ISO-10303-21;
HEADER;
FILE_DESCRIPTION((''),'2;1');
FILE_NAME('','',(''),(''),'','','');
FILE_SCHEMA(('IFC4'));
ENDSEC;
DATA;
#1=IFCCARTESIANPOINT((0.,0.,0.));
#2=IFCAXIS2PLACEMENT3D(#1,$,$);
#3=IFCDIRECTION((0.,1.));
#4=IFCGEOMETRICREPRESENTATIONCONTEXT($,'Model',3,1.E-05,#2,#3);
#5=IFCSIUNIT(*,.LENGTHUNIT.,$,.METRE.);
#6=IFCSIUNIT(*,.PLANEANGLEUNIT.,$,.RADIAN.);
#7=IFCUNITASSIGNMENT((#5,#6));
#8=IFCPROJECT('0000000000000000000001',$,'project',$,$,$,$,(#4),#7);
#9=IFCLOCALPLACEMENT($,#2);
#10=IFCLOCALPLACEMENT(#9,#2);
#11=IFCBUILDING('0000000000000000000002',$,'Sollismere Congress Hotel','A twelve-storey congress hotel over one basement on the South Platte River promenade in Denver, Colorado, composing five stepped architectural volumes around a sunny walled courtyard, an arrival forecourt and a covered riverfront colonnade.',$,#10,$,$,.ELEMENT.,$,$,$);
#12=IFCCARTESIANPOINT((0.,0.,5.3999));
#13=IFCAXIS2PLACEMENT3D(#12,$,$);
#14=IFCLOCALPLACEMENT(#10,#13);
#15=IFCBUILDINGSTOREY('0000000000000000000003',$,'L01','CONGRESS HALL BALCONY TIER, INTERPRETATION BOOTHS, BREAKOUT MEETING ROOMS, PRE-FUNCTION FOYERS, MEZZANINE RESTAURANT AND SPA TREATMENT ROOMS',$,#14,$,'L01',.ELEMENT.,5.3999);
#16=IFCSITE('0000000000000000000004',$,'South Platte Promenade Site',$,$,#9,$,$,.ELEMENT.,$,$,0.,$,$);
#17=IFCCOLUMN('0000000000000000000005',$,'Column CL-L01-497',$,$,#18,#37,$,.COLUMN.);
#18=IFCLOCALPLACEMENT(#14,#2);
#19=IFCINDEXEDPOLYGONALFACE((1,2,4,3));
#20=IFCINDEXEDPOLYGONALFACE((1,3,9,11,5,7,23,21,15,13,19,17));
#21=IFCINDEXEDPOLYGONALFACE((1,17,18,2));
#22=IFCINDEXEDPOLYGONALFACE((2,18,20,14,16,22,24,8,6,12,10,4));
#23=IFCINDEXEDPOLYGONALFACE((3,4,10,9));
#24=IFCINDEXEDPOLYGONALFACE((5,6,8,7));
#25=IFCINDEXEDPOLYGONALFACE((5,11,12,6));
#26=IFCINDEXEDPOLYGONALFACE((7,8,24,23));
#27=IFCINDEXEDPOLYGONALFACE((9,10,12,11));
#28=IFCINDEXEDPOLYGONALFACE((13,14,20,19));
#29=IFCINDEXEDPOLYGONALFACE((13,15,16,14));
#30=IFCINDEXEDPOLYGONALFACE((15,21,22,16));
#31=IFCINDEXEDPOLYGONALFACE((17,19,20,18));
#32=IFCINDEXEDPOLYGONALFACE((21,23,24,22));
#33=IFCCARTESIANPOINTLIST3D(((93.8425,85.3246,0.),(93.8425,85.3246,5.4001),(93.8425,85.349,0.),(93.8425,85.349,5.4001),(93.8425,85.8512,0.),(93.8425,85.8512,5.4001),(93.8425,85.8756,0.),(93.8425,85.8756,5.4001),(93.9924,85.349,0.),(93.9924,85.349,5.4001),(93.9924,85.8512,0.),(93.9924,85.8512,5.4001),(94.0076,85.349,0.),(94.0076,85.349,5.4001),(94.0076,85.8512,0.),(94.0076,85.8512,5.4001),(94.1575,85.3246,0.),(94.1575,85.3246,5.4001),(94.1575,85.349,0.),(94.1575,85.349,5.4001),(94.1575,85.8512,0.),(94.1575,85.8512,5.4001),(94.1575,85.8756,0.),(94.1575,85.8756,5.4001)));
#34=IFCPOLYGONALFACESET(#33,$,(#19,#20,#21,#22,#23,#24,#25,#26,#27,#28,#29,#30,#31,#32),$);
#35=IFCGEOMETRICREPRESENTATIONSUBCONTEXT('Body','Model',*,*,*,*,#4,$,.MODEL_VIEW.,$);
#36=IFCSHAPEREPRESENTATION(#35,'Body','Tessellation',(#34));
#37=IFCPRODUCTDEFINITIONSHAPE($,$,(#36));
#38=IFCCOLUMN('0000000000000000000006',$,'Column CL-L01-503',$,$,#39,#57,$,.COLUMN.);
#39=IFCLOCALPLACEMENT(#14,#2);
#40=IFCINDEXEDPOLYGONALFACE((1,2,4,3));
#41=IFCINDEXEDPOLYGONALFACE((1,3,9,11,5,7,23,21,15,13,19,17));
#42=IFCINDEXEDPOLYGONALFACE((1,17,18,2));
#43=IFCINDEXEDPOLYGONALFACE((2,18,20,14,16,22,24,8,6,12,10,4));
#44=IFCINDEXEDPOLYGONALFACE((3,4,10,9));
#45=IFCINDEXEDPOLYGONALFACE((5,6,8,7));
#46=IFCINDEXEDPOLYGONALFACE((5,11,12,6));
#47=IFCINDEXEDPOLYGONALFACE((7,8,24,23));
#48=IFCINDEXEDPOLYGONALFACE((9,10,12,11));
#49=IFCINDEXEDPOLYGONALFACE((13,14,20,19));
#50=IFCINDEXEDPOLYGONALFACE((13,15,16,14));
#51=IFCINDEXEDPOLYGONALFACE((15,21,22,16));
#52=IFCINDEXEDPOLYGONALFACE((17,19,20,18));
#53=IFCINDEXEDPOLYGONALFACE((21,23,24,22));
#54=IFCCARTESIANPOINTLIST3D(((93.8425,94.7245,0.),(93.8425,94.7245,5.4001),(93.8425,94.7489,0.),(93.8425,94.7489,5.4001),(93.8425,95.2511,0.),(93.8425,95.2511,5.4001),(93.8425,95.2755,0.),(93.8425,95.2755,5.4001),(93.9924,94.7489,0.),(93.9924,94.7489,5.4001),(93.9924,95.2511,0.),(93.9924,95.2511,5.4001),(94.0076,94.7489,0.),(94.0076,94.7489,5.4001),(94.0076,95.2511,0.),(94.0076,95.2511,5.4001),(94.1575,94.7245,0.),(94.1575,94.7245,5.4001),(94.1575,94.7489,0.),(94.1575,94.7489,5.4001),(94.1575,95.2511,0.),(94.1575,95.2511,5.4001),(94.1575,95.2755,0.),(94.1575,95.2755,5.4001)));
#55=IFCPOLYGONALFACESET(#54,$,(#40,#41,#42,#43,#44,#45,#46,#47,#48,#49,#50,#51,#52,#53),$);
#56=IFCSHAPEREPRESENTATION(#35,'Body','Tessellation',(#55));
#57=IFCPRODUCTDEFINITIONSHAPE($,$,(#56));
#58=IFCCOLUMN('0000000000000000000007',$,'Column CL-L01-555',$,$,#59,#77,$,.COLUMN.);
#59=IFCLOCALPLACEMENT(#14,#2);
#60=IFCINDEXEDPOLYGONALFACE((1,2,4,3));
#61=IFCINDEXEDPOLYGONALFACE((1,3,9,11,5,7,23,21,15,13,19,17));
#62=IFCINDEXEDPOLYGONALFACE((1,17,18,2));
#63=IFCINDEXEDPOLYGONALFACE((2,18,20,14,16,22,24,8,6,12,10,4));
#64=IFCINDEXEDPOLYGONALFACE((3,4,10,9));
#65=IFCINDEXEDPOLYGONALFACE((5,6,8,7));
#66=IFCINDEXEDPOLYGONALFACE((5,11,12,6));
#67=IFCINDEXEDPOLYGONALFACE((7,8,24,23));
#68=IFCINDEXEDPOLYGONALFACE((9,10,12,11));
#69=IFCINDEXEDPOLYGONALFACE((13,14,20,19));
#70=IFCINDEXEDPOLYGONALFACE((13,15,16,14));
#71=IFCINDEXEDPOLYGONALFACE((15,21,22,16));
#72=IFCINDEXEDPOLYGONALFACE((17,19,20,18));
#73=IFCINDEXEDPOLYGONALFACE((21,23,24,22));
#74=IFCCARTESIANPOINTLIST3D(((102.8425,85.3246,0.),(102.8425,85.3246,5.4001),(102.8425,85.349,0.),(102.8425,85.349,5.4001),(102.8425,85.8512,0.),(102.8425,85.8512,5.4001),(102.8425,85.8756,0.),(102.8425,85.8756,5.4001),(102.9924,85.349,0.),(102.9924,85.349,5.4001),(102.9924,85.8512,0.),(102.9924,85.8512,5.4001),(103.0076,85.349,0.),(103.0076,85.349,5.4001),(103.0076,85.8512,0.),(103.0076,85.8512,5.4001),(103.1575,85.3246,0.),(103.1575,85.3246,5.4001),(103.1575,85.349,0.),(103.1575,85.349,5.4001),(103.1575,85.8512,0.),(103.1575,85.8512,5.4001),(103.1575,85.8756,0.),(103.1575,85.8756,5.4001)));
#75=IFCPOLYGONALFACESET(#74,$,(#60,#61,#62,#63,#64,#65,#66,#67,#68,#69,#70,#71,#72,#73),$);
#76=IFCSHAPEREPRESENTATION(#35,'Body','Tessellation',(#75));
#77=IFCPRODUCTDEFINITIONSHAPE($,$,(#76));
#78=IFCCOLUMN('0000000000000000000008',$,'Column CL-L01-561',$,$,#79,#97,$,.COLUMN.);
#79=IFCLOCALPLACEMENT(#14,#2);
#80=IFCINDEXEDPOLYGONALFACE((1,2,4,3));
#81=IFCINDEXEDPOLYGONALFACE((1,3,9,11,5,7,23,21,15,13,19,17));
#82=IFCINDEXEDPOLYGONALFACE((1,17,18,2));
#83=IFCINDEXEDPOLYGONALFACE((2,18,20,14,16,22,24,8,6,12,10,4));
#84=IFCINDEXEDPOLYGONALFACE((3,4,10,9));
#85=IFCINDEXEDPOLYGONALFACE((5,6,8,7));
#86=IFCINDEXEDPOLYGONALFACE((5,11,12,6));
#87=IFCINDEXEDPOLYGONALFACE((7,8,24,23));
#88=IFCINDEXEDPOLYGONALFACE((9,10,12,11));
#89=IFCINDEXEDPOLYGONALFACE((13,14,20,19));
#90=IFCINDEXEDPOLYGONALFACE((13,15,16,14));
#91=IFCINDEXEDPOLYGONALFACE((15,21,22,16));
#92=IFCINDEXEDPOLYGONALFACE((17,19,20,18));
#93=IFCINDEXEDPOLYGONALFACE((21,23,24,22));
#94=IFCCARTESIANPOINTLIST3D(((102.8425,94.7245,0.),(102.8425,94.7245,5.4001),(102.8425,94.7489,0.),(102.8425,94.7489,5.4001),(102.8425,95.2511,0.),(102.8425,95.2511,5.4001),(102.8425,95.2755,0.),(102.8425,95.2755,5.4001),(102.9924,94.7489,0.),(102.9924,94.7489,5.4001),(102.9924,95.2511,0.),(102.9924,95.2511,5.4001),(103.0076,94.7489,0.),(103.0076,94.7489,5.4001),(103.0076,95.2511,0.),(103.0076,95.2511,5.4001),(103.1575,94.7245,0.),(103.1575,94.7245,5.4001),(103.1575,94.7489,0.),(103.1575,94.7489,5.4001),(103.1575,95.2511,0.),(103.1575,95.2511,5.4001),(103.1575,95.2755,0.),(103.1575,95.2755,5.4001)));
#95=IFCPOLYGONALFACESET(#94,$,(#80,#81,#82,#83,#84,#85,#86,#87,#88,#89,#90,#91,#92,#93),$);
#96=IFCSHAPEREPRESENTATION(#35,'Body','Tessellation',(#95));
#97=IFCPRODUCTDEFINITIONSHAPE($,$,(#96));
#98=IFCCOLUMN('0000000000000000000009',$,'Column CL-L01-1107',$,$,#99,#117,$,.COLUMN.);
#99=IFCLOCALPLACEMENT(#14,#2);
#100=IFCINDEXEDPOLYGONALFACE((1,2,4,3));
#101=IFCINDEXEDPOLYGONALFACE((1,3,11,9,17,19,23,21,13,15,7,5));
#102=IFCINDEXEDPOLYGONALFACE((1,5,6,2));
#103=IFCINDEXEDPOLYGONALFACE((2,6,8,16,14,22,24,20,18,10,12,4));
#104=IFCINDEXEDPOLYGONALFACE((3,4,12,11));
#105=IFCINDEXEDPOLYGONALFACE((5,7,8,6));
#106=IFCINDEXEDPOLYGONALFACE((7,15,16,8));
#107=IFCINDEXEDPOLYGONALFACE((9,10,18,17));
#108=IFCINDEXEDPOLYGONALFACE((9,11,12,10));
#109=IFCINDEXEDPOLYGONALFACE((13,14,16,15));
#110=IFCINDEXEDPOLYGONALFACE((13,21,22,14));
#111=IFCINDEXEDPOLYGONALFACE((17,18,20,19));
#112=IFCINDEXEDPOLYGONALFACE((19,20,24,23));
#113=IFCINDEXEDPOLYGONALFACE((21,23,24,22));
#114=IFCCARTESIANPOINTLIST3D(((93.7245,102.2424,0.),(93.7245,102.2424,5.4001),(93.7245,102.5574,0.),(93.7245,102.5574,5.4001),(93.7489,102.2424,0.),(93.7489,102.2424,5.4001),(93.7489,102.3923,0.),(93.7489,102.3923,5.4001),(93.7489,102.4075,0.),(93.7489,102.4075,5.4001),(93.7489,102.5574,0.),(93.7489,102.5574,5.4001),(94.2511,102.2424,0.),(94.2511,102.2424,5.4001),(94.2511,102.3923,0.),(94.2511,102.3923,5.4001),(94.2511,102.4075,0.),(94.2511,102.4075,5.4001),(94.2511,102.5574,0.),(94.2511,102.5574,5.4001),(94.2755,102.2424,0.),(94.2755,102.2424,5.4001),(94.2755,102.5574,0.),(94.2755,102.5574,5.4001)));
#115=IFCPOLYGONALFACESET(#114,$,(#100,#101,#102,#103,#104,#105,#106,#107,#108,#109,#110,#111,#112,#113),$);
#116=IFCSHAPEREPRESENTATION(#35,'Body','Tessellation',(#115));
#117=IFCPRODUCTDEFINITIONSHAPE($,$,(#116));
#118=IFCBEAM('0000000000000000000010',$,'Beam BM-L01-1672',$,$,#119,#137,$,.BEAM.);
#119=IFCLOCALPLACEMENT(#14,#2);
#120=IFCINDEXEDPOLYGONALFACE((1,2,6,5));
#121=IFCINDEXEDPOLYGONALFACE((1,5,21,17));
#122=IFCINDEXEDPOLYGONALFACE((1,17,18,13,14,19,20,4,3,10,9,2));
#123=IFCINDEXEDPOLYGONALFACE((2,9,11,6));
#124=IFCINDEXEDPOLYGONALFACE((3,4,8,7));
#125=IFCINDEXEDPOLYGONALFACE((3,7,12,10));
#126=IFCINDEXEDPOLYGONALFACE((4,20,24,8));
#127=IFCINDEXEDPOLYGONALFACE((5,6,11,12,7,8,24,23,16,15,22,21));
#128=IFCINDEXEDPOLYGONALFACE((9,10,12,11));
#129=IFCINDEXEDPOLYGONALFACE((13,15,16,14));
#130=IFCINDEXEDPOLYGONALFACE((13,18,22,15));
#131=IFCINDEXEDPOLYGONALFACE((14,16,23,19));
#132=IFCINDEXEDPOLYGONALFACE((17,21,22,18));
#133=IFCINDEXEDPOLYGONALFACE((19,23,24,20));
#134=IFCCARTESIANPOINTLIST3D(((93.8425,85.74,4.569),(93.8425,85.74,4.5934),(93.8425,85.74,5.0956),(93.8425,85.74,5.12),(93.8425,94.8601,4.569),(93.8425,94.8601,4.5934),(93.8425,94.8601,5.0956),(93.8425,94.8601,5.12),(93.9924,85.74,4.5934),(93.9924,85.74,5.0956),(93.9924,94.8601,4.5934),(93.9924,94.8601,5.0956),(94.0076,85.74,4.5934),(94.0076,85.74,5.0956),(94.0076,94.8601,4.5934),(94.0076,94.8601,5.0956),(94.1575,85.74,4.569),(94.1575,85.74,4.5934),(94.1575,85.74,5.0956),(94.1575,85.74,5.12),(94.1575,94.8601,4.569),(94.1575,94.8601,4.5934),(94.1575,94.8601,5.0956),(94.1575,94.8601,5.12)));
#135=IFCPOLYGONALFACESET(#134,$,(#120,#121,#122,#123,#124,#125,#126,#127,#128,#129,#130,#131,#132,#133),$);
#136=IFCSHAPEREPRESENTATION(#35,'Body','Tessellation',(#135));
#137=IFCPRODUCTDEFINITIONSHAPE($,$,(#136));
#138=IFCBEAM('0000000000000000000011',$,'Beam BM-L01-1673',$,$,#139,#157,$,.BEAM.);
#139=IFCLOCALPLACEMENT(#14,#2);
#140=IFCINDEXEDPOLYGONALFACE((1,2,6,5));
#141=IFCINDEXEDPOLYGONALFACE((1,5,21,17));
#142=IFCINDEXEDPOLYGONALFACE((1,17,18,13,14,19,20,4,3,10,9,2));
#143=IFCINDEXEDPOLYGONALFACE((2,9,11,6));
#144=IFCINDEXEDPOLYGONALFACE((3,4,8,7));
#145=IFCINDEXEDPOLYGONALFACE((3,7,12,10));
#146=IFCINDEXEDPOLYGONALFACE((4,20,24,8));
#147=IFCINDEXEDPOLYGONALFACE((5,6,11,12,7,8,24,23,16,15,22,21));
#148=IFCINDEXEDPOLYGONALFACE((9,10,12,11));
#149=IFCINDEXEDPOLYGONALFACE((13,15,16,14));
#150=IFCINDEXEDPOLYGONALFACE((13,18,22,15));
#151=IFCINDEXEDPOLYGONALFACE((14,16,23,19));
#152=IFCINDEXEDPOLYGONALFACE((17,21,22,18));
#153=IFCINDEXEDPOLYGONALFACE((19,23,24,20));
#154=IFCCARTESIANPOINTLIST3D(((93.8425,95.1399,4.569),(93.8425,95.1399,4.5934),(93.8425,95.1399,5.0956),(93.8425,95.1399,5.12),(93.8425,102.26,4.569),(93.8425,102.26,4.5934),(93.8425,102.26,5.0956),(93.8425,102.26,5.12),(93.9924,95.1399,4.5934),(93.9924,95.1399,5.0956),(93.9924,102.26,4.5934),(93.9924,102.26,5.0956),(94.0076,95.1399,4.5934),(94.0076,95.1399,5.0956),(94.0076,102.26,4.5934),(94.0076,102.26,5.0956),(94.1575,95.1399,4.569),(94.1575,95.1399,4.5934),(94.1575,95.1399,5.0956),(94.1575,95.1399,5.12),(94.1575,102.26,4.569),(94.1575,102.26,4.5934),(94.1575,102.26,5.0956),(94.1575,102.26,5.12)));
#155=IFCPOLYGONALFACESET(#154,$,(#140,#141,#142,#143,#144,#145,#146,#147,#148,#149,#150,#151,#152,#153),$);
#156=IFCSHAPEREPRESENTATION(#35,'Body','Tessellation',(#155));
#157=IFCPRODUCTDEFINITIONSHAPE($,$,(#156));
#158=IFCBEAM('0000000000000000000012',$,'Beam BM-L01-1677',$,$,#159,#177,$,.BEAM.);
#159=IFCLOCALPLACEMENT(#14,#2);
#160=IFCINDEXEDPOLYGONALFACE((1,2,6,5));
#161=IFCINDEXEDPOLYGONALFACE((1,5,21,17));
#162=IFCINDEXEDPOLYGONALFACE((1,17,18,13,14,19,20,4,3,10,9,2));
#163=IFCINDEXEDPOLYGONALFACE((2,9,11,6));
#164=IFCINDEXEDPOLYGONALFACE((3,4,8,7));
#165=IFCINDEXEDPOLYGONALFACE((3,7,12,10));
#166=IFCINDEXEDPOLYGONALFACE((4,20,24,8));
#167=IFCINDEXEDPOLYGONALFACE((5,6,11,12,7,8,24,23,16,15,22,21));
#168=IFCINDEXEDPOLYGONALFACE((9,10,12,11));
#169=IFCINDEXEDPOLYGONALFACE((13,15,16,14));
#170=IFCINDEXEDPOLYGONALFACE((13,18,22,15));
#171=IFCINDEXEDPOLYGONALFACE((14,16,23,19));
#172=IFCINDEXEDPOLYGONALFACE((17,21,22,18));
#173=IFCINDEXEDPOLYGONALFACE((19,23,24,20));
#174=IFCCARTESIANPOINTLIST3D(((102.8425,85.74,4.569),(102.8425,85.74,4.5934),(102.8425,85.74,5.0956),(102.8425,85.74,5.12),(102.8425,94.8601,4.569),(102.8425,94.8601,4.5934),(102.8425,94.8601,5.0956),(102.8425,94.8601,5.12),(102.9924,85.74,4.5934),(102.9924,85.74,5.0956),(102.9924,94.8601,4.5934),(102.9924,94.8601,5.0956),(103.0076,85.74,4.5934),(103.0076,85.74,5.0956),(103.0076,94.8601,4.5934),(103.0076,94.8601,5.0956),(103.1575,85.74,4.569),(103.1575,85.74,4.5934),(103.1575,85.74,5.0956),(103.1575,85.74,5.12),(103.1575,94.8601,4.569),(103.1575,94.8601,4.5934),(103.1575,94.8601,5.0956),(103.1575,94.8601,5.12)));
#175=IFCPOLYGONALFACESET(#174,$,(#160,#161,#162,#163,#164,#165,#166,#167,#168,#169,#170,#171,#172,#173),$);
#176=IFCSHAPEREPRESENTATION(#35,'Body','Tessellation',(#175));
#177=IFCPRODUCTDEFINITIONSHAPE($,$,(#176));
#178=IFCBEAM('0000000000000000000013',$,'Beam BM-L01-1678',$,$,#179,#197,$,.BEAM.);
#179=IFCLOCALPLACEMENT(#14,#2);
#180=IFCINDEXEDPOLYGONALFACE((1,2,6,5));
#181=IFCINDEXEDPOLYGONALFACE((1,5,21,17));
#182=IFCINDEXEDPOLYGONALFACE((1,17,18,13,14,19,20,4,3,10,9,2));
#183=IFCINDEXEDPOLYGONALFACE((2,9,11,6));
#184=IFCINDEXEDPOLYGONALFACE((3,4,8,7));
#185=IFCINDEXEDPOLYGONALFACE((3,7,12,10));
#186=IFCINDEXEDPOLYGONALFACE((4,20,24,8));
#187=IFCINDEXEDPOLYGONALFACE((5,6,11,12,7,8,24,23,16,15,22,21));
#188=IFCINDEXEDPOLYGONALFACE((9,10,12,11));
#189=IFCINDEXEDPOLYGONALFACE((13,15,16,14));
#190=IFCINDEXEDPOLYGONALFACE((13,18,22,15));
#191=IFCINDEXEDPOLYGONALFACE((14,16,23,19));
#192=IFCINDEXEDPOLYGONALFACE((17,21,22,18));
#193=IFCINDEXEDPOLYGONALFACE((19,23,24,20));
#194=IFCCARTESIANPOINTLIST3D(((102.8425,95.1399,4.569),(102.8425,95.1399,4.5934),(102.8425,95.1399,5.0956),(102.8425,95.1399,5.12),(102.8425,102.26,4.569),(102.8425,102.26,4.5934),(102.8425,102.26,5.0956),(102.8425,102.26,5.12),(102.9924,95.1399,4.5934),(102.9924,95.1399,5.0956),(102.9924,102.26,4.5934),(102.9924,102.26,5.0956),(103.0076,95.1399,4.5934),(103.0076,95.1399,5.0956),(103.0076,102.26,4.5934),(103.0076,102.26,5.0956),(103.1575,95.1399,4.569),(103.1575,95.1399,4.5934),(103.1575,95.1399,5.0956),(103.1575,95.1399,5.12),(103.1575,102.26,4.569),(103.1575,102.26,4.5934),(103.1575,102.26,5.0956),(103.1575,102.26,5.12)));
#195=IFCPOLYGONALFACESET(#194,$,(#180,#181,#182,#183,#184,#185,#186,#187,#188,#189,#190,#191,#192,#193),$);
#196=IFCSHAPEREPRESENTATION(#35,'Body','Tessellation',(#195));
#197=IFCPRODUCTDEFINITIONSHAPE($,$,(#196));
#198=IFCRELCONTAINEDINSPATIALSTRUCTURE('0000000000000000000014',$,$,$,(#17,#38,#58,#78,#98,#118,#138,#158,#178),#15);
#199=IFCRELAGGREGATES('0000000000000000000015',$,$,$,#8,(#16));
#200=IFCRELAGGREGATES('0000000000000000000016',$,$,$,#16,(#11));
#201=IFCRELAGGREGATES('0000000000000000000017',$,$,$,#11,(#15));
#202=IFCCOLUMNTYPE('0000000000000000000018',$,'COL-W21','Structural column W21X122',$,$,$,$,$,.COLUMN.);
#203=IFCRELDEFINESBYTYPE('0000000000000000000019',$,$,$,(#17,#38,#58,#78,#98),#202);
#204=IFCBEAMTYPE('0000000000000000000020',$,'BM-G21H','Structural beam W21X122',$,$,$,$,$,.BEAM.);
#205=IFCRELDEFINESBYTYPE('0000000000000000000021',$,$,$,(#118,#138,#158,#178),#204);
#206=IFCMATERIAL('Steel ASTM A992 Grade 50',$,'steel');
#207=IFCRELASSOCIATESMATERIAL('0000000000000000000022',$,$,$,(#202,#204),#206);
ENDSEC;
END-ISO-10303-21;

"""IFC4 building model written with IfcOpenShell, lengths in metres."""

from ifc_helpers import new_model, si_unit, direction, frame, origin, origin_2d, place, context, subcontext, project, spatial, i_section, extrude, material, material_profile, profile_set, type_object, element, save


model = new_model("IFC4")

# Units and contexts
model_context = context("Model", 3, precision=1e-05, world=origin(), true_north=direction((0.0, 1.0)))
body_context = subcontext(model_context, "Body", "Model", "MODEL_VIEW")
ifc_project = project(units=[si_unit("LENGTHUNIT", "METRE"), si_unit("PLANEANGLEUNIT", "RADIAN")], contexts=[model_context])

# Site, building, storey
site_placement = place(None, origin())
site = spatial("IfcSite", under=ifc_project, at=site_placement, Name="South Platte Promenade Site", CompositionType="ELEMENT", RefElevation=0.0)
building_placement = place(site_placement, origin())
building = spatial("IfcBuilding", under=site, at=building_placement, Name="Sollismere Congress Hotel", Description="A twelve-storey congress hotel over one basement on the South Platte River promenade in Denver, Colorado, composing five stepped architectural volumes around a sunny walled courtyard, an arrival forecourt and a covered riverfront colonnade.", CompositionType="ELEMENT")
storey_placement = place(building_placement, frame((0.0, 0.0, 5.3999)))
storey = spatial("IfcBuildingStorey", under=building, at=storey_placement, Name="L01", Description="CONGRESS HALL BALCONY TIER, INTERPRETATION BOOTHS, BREAKOUT MEETING ROOMS, PRE-FUNCTION FOYERS, MEZZANINE RESTAURANT AND SPA TREATMENT ROOMS", LongName="L01", CompositionType="ELEMENT", Elevation=5.3999)

# Columns
ifc_material_1 = material(Name="Steel ASTM A992 Grade 50", Category="steel")
ifc_material_profile_1 = material_profile(ifc_material_1, i_section(OverallWidth=0.3149, OverallDepth=0.551, WebThickness=0.0151, FlangeThickness=0.0244, at=origin_2d()), Name="W21X122")
ifc_profile_set_1 = profile_set([ifc_material_profile_1], Name="Steel ASTM A992 Grade 50")
column_type = type_object("IfcColumnType", Name="COL-W21", Description="Structural column W21X122", PredefinedType="COLUMN", material=ifc_profile_set_1)
for number, where, z_axis, x_axis, name in (
    (1, (94.0, 85.6001, 0.0), (0.0, 0.0, 1.0), (1.0, 0.0, 0.0), "Column CL-L01-497"),
    (2, (94.0, 95.0, 0.0), (0.0, 0.0, 1.0), (1.0, 0.0, 0.0), "Column CL-L01-503"),
    (3, (103.0, 85.6001, 0.0), (0.0, 0.0, 1.0), (1.0, 0.0, 0.0), "Column CL-L01-555"),
    (4, (103.0, 95.0, 0.0), (0.0, 0.0, 1.0), (1.0, 0.0, 0.0), "Column CL-L01-561"),
    (5, (94.0, 102.3999, 0.0), (0.0, 0.0, 1.0), (0.0, 1.0, 0.0), "Column CL-L01-1107"),
):
    element("IfcColumn", number, at=place(storey_placement, frame(where, z_axis=z_axis, x_axis=x_axis)), inside=storey, type_object=column_type, Name=name, PredefinedType="COLUMN", context=body_context, shape_type="SweptSolid", body=[
        extrude(i_section(OverallWidth=0.3149, OverallDepth=0.551, WebThickness=0.0151, FlangeThickness=0.0244, at=origin_2d()), origin(), (0.0, 0.0, 1.0), 5.4001),
    ])

# Beams
ifc_material_profile_2 = material_profile(ifc_material_1, i_section(OverallWidth=0.3149, OverallDepth=0.551, WebThickness=0.0151, FlangeThickness=0.0244, at=origin_2d()), Name="W21X122")
ifc_profile_set_2 = profile_set([ifc_material_profile_2], Name="Steel ASTM A992 Grade 50")
beam_type_1 = type_object("IfcBeamType", Name="BM-G21H", Description="Structural beam W21X122", PredefinedType="BEAM", material=ifc_profile_set_2)
beam_1_placement = place(storey_placement, frame((94.0, 85.74, 4.8445), z_axis=(0.0, 1.0, 0.0), x_axis=(-1.0, 0.0, 0.0)))
element("IfcBeam", 6, at=beam_1_placement, inside=storey, type_object=beam_type_1, Name="Beam BM-L01-1672", PredefinedType="BEAM", context=body_context, shape_type="SweptSolid", body=[
    extrude(i_section(OverallWidth=0.3149, OverallDepth=0.551, WebThickness=0.0151, FlangeThickness=0.0244, at=origin_2d()), origin(), (0.0, 0.0, 1.0), 9.1201),
])
beam_2_placement = place(storey_placement, frame((94.0, 95.1399, 4.8445), z_axis=(0.0, 1.0, 0.0), x_axis=(-1.0, 0.0, 0.0)))
element("IfcBeam", 7, at=beam_2_placement, inside=storey, type_object=beam_type_1, Name="Beam BM-L01-1673", PredefinedType="BEAM", context=body_context, shape_type="SweptSolid", body=[
    extrude(i_section(OverallWidth=0.3149, OverallDepth=0.551, WebThickness=0.0151, FlangeThickness=0.0244, at=origin_2d()), origin(), (0.0, 0.0, 1.0), 7.1201),
])
beam_3_placement = place(storey_placement, frame((103.0, 85.74, 4.8445), z_axis=(0.0, 1.0, 0.0), x_axis=(-1.0, 0.0, 0.0)))
element("IfcBeam", 8, at=beam_3_placement, inside=storey, type_object=beam_type_1, Name="Beam BM-L01-1677", PredefinedType="BEAM", context=body_context, shape_type="SweptSolid", body=[
    extrude(i_section(OverallWidth=0.3149, OverallDepth=0.551, WebThickness=0.0151, FlangeThickness=0.0244, at=origin_2d()), origin(), (0.0, 0.0, 1.0), 9.1201),
])
beam_4_placement = place(storey_placement, frame((103.0, 95.1399, 4.8445), z_axis=(0.0, 1.0, 0.0), x_axis=(-1.0, 0.0, 0.0)))
element("IfcBeam", 9, at=beam_4_placement, inside=storey, type_object=beam_type_1, Name="Beam BM-L01-1678", PredefinedType="BEAM", context=body_context, shape_type="SweptSolid", body=[
    extrude(i_section(OverallWidth=0.3149, OverallDepth=0.551, WebThickness=0.0151, FlangeThickness=0.0244, at=origin_2d()), origin(), (0.0, 0.0, 1.0), 7.1201),
])

save(model, "model.ifc")
